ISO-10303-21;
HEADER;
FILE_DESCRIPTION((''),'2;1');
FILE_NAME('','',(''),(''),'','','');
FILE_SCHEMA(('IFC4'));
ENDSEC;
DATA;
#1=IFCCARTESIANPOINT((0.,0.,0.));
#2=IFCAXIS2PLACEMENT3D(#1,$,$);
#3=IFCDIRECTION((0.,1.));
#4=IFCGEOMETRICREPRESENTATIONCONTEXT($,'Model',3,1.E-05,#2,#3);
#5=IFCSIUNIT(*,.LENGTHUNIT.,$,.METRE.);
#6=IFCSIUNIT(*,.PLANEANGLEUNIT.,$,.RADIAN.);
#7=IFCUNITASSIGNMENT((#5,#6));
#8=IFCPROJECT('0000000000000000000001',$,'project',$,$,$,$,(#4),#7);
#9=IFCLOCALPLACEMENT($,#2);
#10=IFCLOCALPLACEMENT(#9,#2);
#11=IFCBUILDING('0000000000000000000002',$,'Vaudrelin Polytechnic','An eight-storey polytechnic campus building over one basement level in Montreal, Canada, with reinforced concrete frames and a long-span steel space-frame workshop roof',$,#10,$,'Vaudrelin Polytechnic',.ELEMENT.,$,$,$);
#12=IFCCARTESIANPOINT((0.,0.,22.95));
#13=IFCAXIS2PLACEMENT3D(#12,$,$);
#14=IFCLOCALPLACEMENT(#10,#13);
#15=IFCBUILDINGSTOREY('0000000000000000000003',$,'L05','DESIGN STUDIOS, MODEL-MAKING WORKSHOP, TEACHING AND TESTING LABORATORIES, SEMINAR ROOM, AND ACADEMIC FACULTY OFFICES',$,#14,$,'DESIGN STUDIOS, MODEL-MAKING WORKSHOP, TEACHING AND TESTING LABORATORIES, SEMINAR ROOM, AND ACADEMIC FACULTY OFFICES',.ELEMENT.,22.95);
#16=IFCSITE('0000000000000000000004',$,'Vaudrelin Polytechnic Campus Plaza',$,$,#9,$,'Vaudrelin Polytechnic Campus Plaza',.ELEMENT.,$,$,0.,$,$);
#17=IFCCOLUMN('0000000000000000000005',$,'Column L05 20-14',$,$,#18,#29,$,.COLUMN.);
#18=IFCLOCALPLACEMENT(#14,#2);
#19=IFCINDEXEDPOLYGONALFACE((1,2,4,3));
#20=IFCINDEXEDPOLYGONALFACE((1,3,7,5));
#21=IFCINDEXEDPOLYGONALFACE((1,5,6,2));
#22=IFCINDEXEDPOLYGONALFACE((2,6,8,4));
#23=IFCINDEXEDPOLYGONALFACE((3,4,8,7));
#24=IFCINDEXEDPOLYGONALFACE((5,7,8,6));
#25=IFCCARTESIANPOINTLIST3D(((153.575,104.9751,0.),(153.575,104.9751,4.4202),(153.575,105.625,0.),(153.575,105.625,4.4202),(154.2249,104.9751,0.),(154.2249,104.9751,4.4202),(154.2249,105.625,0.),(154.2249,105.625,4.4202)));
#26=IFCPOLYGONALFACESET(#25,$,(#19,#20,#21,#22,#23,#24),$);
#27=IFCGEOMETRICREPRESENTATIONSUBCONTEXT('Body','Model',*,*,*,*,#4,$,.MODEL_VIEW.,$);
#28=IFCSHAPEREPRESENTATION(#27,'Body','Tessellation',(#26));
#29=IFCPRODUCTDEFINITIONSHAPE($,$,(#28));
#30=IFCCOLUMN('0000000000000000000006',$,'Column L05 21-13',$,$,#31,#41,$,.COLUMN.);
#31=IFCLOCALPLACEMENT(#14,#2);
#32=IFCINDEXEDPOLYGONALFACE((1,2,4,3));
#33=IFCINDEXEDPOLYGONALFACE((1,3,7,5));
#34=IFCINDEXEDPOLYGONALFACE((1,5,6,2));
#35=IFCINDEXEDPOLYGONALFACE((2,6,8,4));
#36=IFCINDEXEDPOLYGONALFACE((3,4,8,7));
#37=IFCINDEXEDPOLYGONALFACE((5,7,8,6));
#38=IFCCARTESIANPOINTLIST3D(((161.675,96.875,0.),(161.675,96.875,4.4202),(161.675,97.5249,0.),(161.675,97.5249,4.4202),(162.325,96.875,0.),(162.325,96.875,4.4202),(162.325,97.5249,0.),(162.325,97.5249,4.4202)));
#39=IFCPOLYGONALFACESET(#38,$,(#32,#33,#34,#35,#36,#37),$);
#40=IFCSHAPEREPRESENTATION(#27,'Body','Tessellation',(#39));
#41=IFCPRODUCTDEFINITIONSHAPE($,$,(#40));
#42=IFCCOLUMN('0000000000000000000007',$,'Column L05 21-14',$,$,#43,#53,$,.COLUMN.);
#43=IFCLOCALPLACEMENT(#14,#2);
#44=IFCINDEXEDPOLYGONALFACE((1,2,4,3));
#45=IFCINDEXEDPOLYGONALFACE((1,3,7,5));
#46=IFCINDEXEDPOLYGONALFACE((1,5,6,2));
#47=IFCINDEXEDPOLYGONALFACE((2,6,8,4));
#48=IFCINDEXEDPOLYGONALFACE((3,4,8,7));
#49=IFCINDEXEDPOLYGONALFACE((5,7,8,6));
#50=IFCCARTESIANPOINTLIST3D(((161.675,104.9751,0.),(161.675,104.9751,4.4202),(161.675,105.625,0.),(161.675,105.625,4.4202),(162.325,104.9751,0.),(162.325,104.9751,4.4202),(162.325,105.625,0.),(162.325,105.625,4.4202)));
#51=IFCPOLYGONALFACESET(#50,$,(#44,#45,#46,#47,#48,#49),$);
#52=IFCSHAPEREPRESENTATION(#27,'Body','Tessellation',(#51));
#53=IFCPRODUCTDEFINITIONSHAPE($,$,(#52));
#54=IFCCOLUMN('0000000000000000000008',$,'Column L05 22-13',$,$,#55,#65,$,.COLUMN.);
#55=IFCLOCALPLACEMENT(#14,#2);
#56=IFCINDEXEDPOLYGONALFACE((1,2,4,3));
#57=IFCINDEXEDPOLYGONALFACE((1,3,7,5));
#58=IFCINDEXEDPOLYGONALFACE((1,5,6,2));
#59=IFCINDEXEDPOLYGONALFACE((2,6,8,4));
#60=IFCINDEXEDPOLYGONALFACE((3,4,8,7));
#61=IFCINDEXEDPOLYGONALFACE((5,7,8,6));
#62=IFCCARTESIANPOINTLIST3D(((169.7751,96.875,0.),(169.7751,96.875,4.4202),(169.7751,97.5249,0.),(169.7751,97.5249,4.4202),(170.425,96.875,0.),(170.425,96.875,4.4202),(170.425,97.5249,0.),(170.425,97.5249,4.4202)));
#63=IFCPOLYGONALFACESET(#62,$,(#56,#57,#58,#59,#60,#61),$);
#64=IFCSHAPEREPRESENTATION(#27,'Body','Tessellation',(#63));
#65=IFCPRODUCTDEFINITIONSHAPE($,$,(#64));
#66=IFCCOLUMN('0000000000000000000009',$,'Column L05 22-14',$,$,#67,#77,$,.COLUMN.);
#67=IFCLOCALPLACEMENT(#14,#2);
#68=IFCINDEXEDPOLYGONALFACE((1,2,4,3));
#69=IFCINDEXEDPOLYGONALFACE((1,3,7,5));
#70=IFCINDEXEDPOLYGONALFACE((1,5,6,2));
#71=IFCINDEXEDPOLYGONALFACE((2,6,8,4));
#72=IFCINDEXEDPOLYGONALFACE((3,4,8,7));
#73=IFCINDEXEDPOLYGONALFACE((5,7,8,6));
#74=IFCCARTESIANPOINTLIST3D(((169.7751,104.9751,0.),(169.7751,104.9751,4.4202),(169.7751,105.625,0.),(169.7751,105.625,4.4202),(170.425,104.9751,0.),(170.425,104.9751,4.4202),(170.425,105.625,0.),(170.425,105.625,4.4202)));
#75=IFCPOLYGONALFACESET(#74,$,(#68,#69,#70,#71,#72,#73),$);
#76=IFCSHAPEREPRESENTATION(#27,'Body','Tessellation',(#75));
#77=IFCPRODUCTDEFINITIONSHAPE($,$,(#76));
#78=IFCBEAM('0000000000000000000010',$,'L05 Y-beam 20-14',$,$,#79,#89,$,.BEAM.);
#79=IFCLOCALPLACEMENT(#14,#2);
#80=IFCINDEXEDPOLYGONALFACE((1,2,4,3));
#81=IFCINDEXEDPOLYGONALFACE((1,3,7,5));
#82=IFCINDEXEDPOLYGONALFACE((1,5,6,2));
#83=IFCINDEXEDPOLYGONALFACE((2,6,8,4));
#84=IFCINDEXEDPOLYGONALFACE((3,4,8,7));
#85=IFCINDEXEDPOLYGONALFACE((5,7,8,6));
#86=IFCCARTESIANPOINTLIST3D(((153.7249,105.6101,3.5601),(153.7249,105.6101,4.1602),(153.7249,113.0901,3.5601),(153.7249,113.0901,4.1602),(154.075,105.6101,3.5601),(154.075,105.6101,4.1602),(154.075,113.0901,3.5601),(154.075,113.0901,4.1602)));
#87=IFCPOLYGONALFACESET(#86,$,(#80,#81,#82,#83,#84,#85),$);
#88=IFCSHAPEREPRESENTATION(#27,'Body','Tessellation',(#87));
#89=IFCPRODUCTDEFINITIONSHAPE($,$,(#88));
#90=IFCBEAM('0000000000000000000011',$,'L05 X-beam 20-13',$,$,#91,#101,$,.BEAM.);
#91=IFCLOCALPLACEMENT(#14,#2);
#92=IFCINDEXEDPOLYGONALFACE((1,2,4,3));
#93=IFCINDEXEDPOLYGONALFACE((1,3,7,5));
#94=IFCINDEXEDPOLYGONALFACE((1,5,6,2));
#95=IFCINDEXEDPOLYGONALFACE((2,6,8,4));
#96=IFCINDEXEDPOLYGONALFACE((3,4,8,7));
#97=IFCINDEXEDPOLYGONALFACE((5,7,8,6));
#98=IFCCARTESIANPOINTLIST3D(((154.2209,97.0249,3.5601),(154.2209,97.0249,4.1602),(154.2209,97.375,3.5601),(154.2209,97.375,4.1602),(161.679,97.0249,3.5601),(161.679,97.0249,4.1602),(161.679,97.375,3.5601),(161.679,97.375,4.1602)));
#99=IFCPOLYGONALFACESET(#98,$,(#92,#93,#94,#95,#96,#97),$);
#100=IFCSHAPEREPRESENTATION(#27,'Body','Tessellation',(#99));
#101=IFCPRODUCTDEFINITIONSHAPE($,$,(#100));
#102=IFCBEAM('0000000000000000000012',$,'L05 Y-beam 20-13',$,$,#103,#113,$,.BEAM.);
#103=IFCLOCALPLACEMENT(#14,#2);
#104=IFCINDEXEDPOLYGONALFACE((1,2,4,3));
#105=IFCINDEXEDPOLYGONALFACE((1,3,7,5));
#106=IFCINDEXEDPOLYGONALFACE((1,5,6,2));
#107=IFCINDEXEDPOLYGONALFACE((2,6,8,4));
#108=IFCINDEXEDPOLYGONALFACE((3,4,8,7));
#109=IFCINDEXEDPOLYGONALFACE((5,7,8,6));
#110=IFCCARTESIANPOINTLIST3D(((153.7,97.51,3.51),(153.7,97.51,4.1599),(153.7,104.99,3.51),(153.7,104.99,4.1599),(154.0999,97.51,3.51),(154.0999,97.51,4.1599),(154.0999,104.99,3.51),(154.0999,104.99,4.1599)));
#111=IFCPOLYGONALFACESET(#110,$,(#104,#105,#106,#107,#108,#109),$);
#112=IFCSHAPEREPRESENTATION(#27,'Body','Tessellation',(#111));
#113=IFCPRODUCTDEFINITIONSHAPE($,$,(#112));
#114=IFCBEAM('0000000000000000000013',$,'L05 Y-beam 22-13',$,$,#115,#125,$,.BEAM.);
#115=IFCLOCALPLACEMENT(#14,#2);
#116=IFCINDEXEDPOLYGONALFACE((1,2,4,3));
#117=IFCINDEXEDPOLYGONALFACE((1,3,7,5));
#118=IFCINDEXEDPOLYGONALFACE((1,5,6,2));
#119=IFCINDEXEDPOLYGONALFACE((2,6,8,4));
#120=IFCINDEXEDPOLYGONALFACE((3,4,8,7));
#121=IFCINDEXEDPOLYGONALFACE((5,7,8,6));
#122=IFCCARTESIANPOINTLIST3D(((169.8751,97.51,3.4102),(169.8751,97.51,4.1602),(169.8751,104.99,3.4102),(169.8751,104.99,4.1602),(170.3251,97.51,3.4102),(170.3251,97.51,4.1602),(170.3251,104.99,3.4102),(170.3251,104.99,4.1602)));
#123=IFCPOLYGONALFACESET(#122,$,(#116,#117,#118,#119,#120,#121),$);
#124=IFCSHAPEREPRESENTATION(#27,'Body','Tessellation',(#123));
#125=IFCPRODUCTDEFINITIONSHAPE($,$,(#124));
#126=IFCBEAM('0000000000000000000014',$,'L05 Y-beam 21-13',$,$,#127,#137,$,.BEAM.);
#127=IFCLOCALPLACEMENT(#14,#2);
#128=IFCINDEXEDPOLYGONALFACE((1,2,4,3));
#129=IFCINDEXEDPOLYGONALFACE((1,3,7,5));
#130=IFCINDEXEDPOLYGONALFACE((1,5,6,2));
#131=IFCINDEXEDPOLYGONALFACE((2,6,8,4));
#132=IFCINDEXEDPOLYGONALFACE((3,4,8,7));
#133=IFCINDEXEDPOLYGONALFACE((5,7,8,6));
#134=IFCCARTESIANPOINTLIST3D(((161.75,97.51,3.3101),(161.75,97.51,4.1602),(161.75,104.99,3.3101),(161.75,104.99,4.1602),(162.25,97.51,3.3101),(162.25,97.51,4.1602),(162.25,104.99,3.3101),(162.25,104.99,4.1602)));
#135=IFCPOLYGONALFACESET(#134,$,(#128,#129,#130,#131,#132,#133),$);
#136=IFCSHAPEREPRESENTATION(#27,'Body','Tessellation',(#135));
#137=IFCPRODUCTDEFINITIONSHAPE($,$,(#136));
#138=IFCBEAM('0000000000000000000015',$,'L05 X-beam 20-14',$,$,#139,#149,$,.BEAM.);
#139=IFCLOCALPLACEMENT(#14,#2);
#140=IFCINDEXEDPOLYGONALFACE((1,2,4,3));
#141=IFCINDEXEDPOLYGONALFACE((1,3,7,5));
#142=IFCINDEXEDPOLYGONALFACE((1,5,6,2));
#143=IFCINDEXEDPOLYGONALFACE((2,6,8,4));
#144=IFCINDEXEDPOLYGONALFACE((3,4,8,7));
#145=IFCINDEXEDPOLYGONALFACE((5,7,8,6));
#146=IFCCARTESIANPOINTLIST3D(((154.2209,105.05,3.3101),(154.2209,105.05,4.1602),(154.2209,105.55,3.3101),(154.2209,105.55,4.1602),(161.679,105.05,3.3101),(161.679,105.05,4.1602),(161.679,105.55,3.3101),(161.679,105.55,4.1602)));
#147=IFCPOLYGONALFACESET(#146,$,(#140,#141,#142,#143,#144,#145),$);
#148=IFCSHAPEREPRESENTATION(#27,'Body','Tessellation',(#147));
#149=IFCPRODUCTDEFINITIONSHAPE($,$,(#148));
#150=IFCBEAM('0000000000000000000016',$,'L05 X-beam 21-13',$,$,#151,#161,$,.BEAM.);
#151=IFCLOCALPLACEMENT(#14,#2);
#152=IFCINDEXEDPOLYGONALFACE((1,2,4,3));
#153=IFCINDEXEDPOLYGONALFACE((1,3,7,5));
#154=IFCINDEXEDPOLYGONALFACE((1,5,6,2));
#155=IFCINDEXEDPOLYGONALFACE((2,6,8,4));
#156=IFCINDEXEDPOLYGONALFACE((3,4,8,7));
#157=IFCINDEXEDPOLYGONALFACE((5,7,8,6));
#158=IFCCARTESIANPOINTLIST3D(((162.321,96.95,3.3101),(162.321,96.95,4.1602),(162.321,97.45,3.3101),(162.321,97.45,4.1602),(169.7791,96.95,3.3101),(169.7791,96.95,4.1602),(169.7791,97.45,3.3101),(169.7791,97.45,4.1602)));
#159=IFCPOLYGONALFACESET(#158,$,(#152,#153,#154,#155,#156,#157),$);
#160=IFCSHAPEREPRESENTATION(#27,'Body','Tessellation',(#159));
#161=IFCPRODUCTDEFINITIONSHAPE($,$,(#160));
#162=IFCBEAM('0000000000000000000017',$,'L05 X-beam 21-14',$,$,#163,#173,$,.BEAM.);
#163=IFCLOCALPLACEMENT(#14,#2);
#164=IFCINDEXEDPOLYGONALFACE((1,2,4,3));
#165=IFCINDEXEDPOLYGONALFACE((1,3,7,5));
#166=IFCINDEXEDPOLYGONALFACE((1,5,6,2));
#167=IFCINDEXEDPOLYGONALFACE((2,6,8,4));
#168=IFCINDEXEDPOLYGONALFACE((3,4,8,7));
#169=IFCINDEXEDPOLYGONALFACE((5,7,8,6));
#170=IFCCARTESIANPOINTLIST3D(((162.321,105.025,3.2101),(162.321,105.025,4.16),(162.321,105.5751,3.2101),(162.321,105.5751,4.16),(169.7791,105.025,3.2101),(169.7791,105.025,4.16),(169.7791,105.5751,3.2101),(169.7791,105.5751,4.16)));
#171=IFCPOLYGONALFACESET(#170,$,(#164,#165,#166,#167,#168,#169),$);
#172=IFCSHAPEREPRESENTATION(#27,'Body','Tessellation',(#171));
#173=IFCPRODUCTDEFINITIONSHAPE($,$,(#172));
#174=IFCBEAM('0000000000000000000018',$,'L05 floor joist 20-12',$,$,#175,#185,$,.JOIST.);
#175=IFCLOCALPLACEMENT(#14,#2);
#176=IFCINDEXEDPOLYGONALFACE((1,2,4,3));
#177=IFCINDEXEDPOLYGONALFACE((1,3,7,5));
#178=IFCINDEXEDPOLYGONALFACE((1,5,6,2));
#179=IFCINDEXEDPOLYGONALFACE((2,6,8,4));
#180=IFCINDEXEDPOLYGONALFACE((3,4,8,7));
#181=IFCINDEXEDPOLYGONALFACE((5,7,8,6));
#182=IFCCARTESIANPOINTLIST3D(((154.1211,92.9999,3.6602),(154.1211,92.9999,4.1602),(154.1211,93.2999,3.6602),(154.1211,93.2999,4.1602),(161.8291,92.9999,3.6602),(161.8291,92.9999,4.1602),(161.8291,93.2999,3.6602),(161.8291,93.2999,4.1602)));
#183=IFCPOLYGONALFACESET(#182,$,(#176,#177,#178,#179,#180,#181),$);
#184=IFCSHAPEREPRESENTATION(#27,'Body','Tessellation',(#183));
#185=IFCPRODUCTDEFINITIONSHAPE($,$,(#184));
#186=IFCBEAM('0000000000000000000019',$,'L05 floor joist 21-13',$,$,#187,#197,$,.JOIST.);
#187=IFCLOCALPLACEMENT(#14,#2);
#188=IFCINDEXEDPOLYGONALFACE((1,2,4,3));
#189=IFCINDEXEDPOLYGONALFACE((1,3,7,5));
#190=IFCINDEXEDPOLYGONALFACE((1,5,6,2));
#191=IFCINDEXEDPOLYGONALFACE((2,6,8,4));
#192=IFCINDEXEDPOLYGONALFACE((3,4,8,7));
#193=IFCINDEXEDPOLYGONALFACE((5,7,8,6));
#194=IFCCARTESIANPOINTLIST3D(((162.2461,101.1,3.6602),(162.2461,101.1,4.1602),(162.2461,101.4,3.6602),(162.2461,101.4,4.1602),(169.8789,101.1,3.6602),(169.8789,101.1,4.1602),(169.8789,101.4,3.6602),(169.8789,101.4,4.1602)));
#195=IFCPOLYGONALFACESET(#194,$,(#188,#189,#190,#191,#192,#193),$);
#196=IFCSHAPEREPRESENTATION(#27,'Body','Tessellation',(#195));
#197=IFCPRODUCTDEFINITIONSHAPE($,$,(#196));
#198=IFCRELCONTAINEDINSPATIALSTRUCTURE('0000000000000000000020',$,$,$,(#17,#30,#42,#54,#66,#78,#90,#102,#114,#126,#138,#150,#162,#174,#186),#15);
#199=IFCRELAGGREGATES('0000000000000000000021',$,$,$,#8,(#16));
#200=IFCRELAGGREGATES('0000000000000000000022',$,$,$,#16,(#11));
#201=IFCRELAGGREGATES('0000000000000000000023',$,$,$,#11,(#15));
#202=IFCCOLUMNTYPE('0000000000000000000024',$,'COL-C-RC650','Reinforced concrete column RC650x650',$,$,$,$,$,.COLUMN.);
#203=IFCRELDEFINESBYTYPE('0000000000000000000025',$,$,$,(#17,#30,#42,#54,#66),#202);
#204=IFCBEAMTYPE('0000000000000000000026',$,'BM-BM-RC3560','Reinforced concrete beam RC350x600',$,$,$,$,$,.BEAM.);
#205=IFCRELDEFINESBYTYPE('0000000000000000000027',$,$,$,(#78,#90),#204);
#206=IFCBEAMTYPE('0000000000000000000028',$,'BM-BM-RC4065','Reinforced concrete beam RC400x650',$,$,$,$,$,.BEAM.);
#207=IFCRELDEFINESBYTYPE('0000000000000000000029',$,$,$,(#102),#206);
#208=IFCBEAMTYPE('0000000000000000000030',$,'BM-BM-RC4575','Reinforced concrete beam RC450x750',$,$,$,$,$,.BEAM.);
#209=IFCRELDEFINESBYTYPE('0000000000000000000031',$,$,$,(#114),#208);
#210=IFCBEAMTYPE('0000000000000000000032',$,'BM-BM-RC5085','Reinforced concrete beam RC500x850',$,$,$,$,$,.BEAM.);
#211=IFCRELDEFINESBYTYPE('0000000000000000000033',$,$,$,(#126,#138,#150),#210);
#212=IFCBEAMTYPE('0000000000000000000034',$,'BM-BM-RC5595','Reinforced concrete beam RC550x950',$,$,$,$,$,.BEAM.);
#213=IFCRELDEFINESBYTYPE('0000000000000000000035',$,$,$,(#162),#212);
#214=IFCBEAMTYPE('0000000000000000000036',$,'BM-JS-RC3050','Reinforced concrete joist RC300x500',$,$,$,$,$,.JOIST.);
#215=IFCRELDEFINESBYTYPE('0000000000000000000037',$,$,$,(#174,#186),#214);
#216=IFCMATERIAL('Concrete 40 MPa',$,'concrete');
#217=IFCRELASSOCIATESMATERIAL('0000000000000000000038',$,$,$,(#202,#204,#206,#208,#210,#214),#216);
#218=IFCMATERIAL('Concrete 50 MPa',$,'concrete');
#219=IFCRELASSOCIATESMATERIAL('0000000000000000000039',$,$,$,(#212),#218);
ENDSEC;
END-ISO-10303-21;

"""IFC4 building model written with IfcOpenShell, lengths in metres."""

from ifc_helpers import new_model, si_unit, direction, frame, origin, origin_2d, place, context, subcontext, project, spatial, rectangle, extrude, material, material_profile, profile_set, type_object, element, save


model = new_model("IFC4")

# Units and contexts
model_context = context("Model", 3, precision=1e-05, world=origin(), true_north=direction((0.0, 1.0)))
body_context = subcontext(model_context, "Body", "Model", "MODEL_VIEW")
ifc_project = project(units=[si_unit("LENGTHUNIT", "METRE"), si_unit("PLANEANGLEUNIT", "RADIAN")], contexts=[model_context])

# Site, building, storey
site_placement = place(None, origin())
site = spatial("IfcSite", under=ifc_project, at=site_placement, Name="Vaudrelin Polytechnic Campus Plaza", LongName="Vaudrelin Polytechnic Campus Plaza", CompositionType="ELEMENT", RefElevation=0.0)
building_placement = place(site_placement, origin())
building = spatial("IfcBuilding", under=site, at=building_placement, Name="Vaudrelin Polytechnic", Description="An eight-storey polytechnic campus building over one basement level in Montreal, Canada, with reinforced concrete frames and a long-span steel space-frame workshop roof", LongName="Vaudrelin Polytechnic", CompositionType="ELEMENT")
storey_placement = place(building_placement, frame((0.0, 0.0, 22.95)))
storey = spatial("IfcBuildingStorey", under=building, at=storey_placement, Name="L05", Description="DESIGN STUDIOS, MODEL-MAKING WORKSHOP, TEACHING AND TESTING LABORATORIES, SEMINAR ROOM, AND ACADEMIC FACULTY OFFICES", LongName="DESIGN STUDIOS, MODEL-MAKING WORKSHOP, TEACHING AND TESTING LABORATORIES, SEMINAR ROOM, AND ACADEMIC FACULTY OFFICES", CompositionType="ELEMENT", Elevation=22.95)

# Columns
ifc_material_1 = material(Name="Concrete 40 MPa", Category="concrete")
ifc_material_profile_1 = material_profile(ifc_material_1, rectangle(XDim=0.6499, YDim=0.6499, at=origin_2d()), Name="RC650x650")
ifc_profile_set_1 = profile_set([ifc_material_profile_1], Name="Concrete 40 MPa")
column_type = type_object("IfcColumnType", Name="COL-C-RC650", Description="Reinforced concrete column RC650x650", PredefinedType="COLUMN", material=ifc_profile_set_1)
for number, where, z_axis, x_axis, name in (
    (1, (153.8999, 105.3, 0.0), (0.0, 0.0, 1.0), (1.0, 0.0, 0.0), "Column L05 20-14"),
    (2, (162.0, 97.2, 0.0), (0.0, 0.0, 1.0), (1.0, 0.0, 0.0), "Column L05 21-13"),
    (3, (162.0, 105.3, 0.0), (0.0, 0.0, 1.0), (1.0, 0.0, 0.0), "Column L05 21-14"),
    (4, (170.1001, 97.2, 0.0), (0.0, 0.0, 1.0), (1.0, 0.0, 0.0), "Column L05 22-13"),
    (5, (170.1001, 105.3, 0.0), (0.0, 0.0, 1.0), (1.0, 0.0, 0.0), "Column L05 22-14"),
):
    element("IfcColumn", number, at=place(storey_placement, frame(where, z_axis=z_axis, x_axis=x_axis)), inside=storey, type_object=column_type, Name=name, PredefinedType="COLUMN", context=body_context, shape_type="SweptSolid", body=[
        extrude(rectangle(XDim=0.6499, YDim=0.6499, at=origin_2d()), origin(), (0.0, 0.0, 1.0), 4.4202),
    ])

# Beams
ifc_material_profile_2 = material_profile(ifc_material_1, rectangle(XDim=0.3501, YDim=0.6001, at=origin_2d()), Name="RC350x600")
ifc_profile_set_2 = profile_set([ifc_material_profile_2], Name="Concrete 40 MPa")
beam_type_1 = type_object("IfcBeamType", Name="BM-BM-RC3560", Description="Reinforced concrete beam RC350x600", PredefinedType="BEAM", material=ifc_profile_set_2)
beam_1_placement = place(storey_placement, frame((153.8999, 105.6101, 3.8601), z_axis=(0.0, 1.0, 0.0), x_axis=(-1.0, 0.0, 0.0)))
element("IfcBeam", 6, at=beam_1_placement, inside=storey, type_object=beam_type_1, Name="L05 Y-beam 20-14", PredefinedType="BEAM", context=body_context, shape_type="SweptSolid", body=[
    extrude(rectangle(XDim=0.3501, YDim=0.6001, at=origin_2d()), origin(), (0.0, 0.0, 1.0), 7.48),
])
beam_2_placement = place(storey_placement, frame((154.2209, 97.2, 3.8601), z_axis=(1.0, 0.0, 0.0), x_axis=(0.0, 1.0, 0.0)))
element("IfcBeam", 7, at=beam_2_placement, inside=storey, type_object=beam_type_1, Name="L05 X-beam 20-13", PredefinedType="BEAM", context=body_context, shape_type="SweptSolid", body=[
    extrude(rectangle(XDim=0.3501, YDim=0.6001, at=origin_2d()), origin(), (0.0, 0.0, 1.0), 7.458),
])
ifc_material_profile_3 = material_profile(ifc_material_1, rectangle(XDim=0.3999, YDim=0.6499, at=origin_2d()), Name="RC400x650")
ifc_profile_set_3 = profile_set([ifc_material_profile_3], Name="Concrete 40 MPa")
beam_type_2 = type_object("IfcBeamType", Name="BM-BM-RC4065", Description="Reinforced concrete beam RC400x650", PredefinedType="BEAM", material=ifc_profile_set_3)
beam_3_placement = place(storey_placement, frame((153.8999, 97.51, 3.835), z_axis=(0.0, 1.0, 0.0), x_axis=(-1.0, 0.0, 0.0)))
element("IfcBeam", 8, at=beam_3_placement, inside=storey, type_object=beam_type_2, Name="L05 Y-beam 20-13", PredefinedType="BEAM", context=body_context, shape_type="SweptSolid", body=[
    extrude(rectangle(XDim=0.3999, YDim=0.6499, at=origin_2d()), origin(), (0.0, 0.0, 1.0), 7.48),
])
ifc_material_profile_4 = material_profile(ifc_material_1, rectangle(XDim=0.45, YDim=0.75, at=origin_2d()), Name="RC450x750")
ifc_profile_set_4 = profile_set([ifc_material_profile_4], Name="Concrete 40 MPa")
beam_type_3 = type_object("IfcBeamType", Name="BM-BM-RC4575", Description="Reinforced concrete beam RC450x750", PredefinedType="BEAM", material=ifc_profile_set_4)
beam_4_placement = place(storey_placement, frame((170.1001, 97.51, 3.7852), z_axis=(0.0, 1.0, 0.0), x_axis=(-1.0, 0.0, 0.0)))
element("IfcBeam", 9, at=beam_4_placement, inside=storey, type_object=beam_type_3, Name="L05 Y-beam 22-13", PredefinedType="BEAM", context=body_context, shape_type="SweptSolid", body=[
    extrude(rectangle(XDim=0.45, YDim=0.75, at=origin_2d()), origin(), (0.0, 0.0, 1.0), 7.48),
])
ifc_material_profile_5 = material_profile(ifc_material_1, rectangle(XDim=0.5, YDim=0.8501, at=origin_2d()), Name="RC500x850")
ifc_profile_set_5 = profile_set([ifc_material_profile_5], Name="Concrete 40 MPa")
beam_type_4 = type_object("IfcBeamType", Name="BM-BM-RC5085", Description="Reinforced concrete beam RC500x850", PredefinedType="BEAM", material=ifc_profile_set_5)
beam_5_placement = place(storey_placement, frame((162.0, 97.51, 3.7351), z_axis=(0.0, 1.0, 0.0), x_axis=(-1.0, 0.0, 0.0)))
element("IfcBeam", 10, at=beam_5_placement, inside=storey, type_object=beam_type_4, Name="L05 Y-beam 21-13", PredefinedType="BEAM", context=body_context, shape_type="SweptSolid", body=[
    extrude(rectangle(XDim=0.5, YDim=0.8501, at=origin_2d()), origin(), (0.0, 0.0, 1.0), 7.48),
])
for number, where, z_axis, x_axis, name in (
    (11, (154.2209, 105.3, 3.7351), (1.0, 0.0, 0.0), (0.0, 1.0, 0.0), "L05 X-beam 20-14"),
    (12, (162.321, 97.2, 3.7351), (1.0, 0.0, 0.0), (0.0, 1.0, 0.0), "L05 X-beam 21-13"),
):
    element("IfcBeam", number, at=place(storey_placement, frame(where, z_axis=z_axis, x_axis=x_axis)), inside=storey, type_object=beam_type_4, Name=name, PredefinedType="BEAM", context=body_context, shape_type="SweptSolid", body=[
        extrude(rectangle(XDim=0.5, YDim=0.8501, at=origin_2d()), origin(), (0.0, 0.0, 1.0), 7.458),
    ])
ifc_material_2 = material(Name="Concrete 50 MPa", Category="concrete")
ifc_material_profile_6 = material_profile(ifc_material_2, rectangle(XDim=0.55, YDim=0.95, at=origin_2d()), Name="RC550x950")
ifc_profile_set_6 = profile_set([ifc_material_profile_6], Name="Concrete 50 MPa")
beam_type_5 = type_object("IfcBeamType", Name="BM-BM-RC5595", Description="Reinforced concrete beam RC550x950", PredefinedType="BEAM", material=ifc_profile_set_6)
beam_6_placement = place(storey_placement, frame((162.321, 105.3, 3.6851), z_axis=(1.0, 0.0, 0.0), x_axis=(0.0, 1.0, 0.0)))
element("IfcBeam", 13, at=beam_6_placement, inside=storey, type_object=beam_type_5, Name="L05 X-beam 21-14", PredefinedType="BEAM", context=body_context, shape_type="SweptSolid", body=[
    extrude(rectangle(XDim=0.55, YDim=0.95, at=origin_2d()), origin(), (0.0, 0.0, 1.0), 7.458),
])
ifc_material_profile_7 = material_profile(ifc_material_1, rectangle(XDim=0.3, YDim=0.5, at=origin_2d()), Name="RC300x500")
ifc_profile_set_7 = profile_set([ifc_material_profile_7], Name="Concrete 40 MPa")
beam_type_6 = type_object("IfcBeamType", Name="BM-JS-RC3050", Description="Reinforced concrete joist RC300x500", PredefinedType="JOIST", material=ifc_profile_set_7)
beam_7_placement = place(storey_placement, frame((154.1211, 93.1499, 3.9102), z_axis=(1.0, 0.0, 0.0), x_axis=(0.0, 1.0, 0.0)))
element("IfcBeam", 14, at=beam_7_placement, inside=storey, type_object=beam_type_6, Name="L05 floor joist 20-12", PredefinedType="JOIST", context=body_context, shape_type="SweptSolid", body=[
    extrude(rectangle(XDim=0.3, YDim=0.5, at=origin_2d()), origin(), (0.0, 0.0, 1.0), 7.708),
])
beam_8_placement = place(storey_placement, frame((162.2461, 101.25, 3.9102), z_axis=(1.0, 0.0, 0.0), x_axis=(0.0, 1.0, 0.0)))
element("IfcBeam", 15, at=beam_8_placement, inside=storey, type_object=beam_type_6, Name="L05 floor joist 21-13", PredefinedType="JOIST", context=body_context, shape_type="SweptSolid", body=[
    extrude(rectangle(XDim=0.3, YDim=0.5, at=origin_2d()), origin(), (0.0, 0.0, 1.0), 7.6328),
])

save(model, "model.ifc")
